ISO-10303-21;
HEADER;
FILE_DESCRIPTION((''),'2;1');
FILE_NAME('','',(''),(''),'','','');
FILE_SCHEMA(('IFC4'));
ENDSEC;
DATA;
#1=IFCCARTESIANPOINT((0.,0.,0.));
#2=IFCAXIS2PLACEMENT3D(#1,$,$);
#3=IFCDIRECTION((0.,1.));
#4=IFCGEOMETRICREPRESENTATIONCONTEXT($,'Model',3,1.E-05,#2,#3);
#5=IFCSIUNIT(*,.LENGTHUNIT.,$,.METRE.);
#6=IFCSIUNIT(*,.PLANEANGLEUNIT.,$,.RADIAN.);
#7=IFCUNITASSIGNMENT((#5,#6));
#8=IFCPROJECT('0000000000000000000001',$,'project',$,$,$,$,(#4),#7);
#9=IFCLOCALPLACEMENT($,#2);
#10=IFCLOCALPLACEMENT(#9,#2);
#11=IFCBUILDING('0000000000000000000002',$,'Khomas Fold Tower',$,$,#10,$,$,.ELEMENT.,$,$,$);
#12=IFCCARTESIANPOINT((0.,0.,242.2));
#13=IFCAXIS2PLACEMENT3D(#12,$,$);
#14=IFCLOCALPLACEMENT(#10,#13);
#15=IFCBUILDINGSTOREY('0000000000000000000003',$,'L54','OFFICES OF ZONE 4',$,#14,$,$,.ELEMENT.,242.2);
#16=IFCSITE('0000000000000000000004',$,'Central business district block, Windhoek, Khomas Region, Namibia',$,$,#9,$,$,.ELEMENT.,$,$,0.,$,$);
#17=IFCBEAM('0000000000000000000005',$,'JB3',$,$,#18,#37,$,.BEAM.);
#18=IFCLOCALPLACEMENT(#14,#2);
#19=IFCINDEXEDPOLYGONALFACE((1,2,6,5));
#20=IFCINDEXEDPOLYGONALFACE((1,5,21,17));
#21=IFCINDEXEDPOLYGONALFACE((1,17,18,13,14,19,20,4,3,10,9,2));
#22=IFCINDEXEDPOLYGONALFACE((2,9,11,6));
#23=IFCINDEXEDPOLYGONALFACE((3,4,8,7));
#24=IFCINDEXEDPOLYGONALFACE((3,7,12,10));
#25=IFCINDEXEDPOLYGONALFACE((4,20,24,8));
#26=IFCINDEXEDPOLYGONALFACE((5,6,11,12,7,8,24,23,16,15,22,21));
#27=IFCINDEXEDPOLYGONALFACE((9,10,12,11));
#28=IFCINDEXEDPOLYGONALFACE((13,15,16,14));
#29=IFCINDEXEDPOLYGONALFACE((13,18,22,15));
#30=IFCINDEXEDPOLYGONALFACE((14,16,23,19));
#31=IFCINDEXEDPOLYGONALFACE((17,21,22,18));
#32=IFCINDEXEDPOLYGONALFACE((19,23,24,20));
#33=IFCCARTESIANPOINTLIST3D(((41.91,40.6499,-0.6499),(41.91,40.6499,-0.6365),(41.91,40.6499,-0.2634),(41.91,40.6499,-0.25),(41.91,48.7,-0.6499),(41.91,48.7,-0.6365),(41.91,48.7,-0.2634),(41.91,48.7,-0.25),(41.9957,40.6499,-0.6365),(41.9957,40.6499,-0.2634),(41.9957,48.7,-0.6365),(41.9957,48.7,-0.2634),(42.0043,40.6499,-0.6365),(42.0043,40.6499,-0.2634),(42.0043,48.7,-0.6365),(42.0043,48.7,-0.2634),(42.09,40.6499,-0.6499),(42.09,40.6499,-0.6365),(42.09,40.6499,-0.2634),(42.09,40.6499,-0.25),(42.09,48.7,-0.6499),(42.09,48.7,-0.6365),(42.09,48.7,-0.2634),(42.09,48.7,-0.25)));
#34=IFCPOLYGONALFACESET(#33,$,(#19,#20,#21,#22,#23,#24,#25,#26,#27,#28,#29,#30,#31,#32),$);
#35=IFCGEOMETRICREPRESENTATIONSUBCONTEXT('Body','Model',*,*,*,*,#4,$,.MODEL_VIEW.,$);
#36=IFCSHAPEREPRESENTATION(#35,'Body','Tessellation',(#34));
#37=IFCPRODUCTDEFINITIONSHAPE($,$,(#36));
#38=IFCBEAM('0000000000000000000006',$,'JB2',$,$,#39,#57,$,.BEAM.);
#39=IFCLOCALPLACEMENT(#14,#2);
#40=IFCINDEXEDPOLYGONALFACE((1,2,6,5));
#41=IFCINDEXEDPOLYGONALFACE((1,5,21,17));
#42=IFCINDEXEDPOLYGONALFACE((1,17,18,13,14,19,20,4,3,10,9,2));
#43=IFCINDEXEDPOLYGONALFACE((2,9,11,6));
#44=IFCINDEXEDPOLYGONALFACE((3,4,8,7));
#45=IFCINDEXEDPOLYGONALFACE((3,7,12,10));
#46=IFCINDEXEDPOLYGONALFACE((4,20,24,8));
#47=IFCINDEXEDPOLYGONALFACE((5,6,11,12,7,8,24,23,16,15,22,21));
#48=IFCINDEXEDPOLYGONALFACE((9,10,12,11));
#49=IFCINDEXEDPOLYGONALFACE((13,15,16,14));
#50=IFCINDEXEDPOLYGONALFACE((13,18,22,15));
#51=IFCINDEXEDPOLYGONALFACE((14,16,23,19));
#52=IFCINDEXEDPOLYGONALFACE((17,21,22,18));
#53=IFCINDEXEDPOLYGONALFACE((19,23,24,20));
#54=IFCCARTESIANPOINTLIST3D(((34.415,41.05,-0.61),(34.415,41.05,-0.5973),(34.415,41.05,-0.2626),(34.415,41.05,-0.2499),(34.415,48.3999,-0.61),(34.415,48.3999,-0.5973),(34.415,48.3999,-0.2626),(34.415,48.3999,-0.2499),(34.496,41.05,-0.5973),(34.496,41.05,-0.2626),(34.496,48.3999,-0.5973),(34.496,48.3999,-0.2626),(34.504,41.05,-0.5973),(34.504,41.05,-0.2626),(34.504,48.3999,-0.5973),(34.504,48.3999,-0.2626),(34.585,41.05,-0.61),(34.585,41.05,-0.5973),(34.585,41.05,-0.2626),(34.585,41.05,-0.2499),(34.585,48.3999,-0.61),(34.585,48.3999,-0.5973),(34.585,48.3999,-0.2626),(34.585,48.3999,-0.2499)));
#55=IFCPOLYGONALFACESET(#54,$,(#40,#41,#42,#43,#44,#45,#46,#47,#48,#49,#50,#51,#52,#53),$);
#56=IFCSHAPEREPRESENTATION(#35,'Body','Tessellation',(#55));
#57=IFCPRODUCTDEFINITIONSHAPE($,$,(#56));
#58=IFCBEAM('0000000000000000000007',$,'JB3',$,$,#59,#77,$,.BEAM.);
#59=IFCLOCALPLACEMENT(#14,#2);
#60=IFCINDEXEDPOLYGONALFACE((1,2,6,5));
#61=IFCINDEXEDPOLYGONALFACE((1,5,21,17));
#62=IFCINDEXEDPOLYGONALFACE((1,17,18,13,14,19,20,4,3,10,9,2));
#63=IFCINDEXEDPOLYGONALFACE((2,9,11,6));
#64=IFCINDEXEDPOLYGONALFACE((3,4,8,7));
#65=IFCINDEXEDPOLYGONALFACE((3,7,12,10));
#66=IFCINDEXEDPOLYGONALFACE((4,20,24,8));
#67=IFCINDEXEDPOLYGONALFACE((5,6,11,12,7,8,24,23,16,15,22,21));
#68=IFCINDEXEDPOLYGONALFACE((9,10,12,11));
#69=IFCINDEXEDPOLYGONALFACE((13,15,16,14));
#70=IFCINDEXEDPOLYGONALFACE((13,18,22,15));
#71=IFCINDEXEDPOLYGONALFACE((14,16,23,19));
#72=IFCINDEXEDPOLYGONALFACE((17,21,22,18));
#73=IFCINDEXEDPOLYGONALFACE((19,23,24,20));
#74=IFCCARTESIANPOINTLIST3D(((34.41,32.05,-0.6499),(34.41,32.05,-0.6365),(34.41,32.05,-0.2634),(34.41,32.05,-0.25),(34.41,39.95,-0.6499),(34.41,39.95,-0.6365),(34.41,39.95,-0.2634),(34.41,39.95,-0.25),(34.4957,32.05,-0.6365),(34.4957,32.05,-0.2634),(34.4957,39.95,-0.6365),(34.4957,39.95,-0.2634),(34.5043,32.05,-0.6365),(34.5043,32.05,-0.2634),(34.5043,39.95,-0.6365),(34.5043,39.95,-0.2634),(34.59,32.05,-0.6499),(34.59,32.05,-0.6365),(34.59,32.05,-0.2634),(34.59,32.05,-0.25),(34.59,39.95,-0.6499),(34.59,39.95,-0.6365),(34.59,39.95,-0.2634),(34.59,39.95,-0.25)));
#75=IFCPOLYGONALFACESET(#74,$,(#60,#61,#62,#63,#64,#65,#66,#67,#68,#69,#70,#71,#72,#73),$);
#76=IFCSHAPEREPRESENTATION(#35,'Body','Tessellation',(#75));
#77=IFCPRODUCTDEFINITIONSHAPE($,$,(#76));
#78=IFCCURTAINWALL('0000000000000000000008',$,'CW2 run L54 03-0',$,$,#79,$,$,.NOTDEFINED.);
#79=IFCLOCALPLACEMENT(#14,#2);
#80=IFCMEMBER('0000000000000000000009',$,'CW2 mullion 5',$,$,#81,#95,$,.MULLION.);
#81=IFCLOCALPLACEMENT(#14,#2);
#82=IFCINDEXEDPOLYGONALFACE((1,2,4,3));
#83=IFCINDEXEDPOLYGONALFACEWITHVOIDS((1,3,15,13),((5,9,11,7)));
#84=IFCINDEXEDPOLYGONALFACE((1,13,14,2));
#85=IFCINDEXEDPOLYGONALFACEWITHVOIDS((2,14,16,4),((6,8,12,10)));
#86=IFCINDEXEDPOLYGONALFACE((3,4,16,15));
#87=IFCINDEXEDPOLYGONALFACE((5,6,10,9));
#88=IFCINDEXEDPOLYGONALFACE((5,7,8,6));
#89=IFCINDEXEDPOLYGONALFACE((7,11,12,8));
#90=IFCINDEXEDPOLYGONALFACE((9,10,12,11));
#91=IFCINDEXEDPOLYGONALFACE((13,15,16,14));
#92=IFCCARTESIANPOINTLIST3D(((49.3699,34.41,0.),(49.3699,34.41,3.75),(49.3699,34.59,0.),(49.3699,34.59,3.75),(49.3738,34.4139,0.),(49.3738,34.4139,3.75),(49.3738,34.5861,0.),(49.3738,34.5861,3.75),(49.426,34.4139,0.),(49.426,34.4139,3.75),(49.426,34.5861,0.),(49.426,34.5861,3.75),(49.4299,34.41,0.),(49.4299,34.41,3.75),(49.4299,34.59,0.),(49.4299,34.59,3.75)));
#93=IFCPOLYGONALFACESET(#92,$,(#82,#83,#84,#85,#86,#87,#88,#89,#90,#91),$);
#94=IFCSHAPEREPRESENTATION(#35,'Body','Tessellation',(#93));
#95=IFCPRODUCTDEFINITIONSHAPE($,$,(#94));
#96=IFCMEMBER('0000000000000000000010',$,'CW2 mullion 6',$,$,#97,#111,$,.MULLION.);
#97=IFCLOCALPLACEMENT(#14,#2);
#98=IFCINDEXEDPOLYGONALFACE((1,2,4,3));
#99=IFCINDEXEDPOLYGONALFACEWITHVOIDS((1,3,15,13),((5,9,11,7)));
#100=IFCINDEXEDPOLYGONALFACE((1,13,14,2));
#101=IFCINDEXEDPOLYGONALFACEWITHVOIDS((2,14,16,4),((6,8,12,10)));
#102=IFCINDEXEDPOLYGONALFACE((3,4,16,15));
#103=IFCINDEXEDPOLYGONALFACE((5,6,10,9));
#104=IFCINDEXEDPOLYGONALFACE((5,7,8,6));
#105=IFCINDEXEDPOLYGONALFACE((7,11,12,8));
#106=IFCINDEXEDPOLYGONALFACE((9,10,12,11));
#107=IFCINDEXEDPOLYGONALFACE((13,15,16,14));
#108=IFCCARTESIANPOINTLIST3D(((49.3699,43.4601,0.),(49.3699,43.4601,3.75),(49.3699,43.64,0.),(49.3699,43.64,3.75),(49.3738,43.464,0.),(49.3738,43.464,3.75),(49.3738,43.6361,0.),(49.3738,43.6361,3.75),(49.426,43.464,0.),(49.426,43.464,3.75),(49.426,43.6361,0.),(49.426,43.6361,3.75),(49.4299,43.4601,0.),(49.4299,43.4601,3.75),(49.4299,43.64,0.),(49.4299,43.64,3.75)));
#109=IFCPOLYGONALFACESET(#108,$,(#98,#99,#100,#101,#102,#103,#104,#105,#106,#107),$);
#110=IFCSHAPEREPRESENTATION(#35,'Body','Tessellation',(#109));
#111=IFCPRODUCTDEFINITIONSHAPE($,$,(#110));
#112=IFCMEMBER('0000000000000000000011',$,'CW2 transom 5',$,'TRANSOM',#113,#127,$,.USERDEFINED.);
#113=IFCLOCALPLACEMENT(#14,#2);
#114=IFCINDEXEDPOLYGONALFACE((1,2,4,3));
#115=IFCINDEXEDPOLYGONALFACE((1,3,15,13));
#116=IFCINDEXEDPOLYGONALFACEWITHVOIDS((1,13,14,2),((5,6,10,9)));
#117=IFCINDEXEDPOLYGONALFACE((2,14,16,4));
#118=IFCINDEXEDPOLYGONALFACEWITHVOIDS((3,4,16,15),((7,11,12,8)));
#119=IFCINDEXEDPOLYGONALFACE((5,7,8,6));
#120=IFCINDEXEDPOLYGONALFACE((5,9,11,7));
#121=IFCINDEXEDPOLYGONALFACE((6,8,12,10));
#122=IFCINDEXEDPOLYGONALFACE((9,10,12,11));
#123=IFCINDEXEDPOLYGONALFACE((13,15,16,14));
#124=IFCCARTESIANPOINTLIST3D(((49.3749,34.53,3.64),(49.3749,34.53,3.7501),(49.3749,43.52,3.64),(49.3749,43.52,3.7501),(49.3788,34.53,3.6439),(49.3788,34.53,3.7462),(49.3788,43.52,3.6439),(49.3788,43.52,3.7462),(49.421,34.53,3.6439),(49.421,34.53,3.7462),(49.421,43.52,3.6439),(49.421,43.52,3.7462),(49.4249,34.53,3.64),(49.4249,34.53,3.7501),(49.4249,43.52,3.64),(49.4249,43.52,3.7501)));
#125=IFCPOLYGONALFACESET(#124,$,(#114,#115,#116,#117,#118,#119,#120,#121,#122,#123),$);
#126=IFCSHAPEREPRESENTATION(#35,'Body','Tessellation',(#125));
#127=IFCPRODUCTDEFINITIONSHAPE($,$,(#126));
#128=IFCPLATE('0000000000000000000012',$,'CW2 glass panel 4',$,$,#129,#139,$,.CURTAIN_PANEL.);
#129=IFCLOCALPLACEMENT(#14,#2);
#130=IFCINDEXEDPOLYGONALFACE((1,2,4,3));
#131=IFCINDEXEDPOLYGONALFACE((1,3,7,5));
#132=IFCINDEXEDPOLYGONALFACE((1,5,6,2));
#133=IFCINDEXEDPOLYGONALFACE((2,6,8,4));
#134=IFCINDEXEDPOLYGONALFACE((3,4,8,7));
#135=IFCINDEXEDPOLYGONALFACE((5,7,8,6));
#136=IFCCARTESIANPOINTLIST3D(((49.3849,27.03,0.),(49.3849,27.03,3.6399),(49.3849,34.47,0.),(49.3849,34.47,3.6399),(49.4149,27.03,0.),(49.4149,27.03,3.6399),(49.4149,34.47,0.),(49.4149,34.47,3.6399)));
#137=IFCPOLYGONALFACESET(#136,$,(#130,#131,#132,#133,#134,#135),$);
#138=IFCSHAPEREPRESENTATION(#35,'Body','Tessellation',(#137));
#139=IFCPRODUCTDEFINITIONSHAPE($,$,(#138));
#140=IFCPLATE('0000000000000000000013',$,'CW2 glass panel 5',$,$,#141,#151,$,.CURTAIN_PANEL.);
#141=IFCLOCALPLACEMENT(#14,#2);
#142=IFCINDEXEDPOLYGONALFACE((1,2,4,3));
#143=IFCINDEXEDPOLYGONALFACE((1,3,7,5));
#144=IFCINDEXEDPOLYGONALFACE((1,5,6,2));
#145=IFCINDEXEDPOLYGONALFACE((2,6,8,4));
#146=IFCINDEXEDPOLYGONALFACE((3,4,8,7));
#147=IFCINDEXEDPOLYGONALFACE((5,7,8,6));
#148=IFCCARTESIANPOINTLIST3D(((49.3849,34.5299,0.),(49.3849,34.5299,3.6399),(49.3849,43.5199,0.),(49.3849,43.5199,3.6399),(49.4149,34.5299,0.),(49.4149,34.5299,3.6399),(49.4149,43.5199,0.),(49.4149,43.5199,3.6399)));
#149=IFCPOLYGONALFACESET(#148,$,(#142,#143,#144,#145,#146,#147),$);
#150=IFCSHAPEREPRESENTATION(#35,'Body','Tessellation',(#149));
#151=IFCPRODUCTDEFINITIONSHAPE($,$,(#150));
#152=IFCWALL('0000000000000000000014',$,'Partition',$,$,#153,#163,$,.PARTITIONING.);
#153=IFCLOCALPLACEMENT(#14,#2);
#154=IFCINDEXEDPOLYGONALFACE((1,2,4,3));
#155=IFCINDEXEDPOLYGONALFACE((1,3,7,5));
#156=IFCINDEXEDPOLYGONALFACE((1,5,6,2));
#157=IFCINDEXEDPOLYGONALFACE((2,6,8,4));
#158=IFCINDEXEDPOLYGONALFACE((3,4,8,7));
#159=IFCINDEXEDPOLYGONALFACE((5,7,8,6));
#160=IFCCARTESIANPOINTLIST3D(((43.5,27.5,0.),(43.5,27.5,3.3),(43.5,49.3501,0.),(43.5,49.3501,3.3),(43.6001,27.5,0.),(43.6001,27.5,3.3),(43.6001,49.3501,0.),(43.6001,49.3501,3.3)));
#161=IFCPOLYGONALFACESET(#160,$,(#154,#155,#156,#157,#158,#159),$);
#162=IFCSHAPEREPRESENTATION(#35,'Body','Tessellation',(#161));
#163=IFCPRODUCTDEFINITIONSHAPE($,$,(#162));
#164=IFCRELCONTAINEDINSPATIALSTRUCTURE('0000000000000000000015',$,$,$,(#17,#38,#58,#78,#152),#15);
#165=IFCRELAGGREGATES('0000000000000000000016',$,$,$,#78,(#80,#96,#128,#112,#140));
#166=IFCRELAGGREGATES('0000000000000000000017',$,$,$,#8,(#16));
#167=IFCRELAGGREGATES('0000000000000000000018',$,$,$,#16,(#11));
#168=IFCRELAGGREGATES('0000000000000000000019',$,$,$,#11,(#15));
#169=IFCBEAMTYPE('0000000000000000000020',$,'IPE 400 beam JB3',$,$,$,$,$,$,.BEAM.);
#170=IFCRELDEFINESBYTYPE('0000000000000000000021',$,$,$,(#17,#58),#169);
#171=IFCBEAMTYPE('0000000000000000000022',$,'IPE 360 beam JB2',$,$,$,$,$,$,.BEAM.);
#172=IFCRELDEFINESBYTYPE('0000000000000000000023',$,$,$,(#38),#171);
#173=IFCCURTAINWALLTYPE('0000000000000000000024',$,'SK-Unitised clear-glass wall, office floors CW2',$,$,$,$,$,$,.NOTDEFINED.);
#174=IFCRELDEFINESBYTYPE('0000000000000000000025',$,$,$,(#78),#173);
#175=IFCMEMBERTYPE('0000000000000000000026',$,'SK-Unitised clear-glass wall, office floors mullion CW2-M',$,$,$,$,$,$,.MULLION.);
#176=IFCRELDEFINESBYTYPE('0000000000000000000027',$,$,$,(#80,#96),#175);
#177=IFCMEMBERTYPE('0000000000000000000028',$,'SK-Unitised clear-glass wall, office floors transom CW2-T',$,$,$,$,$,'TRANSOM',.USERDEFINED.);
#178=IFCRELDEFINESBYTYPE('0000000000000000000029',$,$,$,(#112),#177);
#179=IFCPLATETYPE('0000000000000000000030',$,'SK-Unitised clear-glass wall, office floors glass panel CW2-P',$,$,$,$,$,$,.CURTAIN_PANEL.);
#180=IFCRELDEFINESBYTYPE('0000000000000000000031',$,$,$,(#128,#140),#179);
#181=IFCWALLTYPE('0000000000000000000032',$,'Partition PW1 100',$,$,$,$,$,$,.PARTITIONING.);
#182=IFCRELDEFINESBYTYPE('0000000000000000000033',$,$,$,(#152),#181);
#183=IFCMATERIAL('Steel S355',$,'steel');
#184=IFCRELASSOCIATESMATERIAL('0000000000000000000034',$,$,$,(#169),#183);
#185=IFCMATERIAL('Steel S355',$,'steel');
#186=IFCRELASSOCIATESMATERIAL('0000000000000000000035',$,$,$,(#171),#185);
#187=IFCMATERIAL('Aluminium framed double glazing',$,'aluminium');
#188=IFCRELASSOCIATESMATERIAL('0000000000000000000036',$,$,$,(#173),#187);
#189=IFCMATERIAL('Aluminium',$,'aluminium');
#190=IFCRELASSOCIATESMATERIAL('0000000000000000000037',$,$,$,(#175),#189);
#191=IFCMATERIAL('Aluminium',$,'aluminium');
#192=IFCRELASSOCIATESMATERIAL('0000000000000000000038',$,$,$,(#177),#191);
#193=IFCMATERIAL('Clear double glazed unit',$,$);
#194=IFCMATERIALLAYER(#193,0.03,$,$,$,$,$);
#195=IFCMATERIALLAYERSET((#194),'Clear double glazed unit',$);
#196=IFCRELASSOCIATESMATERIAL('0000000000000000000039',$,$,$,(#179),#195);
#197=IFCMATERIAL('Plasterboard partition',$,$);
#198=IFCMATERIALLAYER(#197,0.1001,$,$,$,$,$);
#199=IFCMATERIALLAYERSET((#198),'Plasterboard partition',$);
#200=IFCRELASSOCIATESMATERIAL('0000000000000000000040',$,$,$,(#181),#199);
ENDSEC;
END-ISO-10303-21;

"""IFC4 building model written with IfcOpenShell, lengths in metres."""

from ifc_helpers import new_model, si_unit, direction, frame, frame_2d, origin, origin_2d, place, context, subcontext, project, spatial, rectangle, hollow_rectangle, i_section, extrude, source, transform, mapped, material, layer, layer_set, material_profile, profile_set, type_object, element, aggregate, save


model = new_model("IFC4")

# Units and contexts
model_context = context("Model", 3, precision=1e-05, world=origin(), true_north=direction((0.0, 1.0)))
body_context = subcontext(model_context, "Body", "Model", "MODEL_VIEW")
ifc_project = project(units=[si_unit("LENGTHUNIT", "METRE"), si_unit("PLANEANGLEUNIT", "RADIAN")], contexts=[model_context])

# Site, building, storey
site_placement = place(None, origin())
site = spatial("IfcSite", under=ifc_project, at=site_placement, Name="Central business district block, Windhoek, Khomas Region, Namibia", CompositionType="ELEMENT", RefElevation=0.0)
building_placement = place(site_placement, origin())
building = spatial("IfcBuilding", under=site, at=building_placement, Name="Khomas Fold Tower", CompositionType="ELEMENT")
storey_placement = place(building_placement, frame((0.0, 0.0, 242.2)))
storey = spatial("IfcBuildingStorey", under=building, at=storey_placement, Name="L54", Description="OFFICES OF ZONE 4", CompositionType="ELEMENT", Elevation=242.2)

# Beams
ifc_material_1 = material(Name="Steel S355", Category="steel")
ifc_material_profile_1 = material_profile(ifc_material_1, i_section(OverallWidth=0.1799, OverallDepth=0.3999, WebThickness=0.0085, FlangeThickness=0.0134, at=origin_2d()), Name="IPE 400")
ifc_profile_set_1 = profile_set([ifc_material_profile_1], Name="Steel S355")
beam_type_1 = type_object("IfcBeamType", Name="IPE 400 beam JB3", PredefinedType="BEAM", material=ifc_profile_set_1)
shared_shape_1 = source(origin(), body_context, "Body", "SweptSolid", [
    extrude(i_section(OverallWidth=0.1799, OverallDepth=0.3999, WebThickness=0.0085, FlangeThickness=0.0134, at=origin_2d()), origin(), (0.0, 0.0, 1.0), 8.05),
])
beam_1_placement = place(storey_placement, frame((42.0, 40.6499, -0.45), z_axis=(0.0, 1.0, 0.0), x_axis=(-1.0, 0.0, 0.0)))
element("IfcBeam", 1, at=beam_1_placement, inside=storey, type_object=beam_type_1, Name="JB3", PredefinedType="BEAM", context=body_context, shape_type="MappedRepresentation", body=[
    mapped(shared_shape_1, transform((0.0, 0.0, 0.0))),
])
ifc_material_2 = material(Name="Steel S355", Category="steel")
ifc_material_profile_2 = material_profile(ifc_material_2, i_section(OverallWidth=0.1699, OverallDepth=0.3601, WebThickness=0.0081, FlangeThickness=0.0127, at=origin_2d()), Name="IPE 360")
ifc_profile_set_2 = profile_set([ifc_material_profile_2], Name="Steel S355")
beam_type_2 = type_object("IfcBeamType", Name="IPE 360 beam JB2", PredefinedType="BEAM", material=ifc_profile_set_2)
shared_shape_2 = source(origin(), body_context, "Body", "SweptSolid", [
    extrude(i_section(OverallWidth=0.1699, OverallDepth=0.3601, WebThickness=0.0081, FlangeThickness=0.0127, at=origin_2d()), origin(), (0.0, 0.0, 1.0), 7.3499),
])
beam_2_placement = place(storey_placement, frame((34.5, 41.05, -0.4299), z_axis=(0.0, 1.0, 0.0), x_axis=(-1.0, 0.0, 0.0)))
element("IfcBeam", 2, at=beam_2_placement, inside=storey, type_object=beam_type_2, Name="JB2", PredefinedType="BEAM", context=body_context, shape_type="MappedRepresentation", body=[
    mapped(shared_shape_2, transform((0.0, 0.0, 0.0))),
])
shared_shape_3 = source(origin(), body_context, "Body", "SweptSolid", [
    extrude(i_section(OverallWidth=0.1799, OverallDepth=0.3999, WebThickness=0.0085, FlangeThickness=0.0134, at=origin_2d()), origin(), (0.0, 0.0, 1.0), 7.8999),
])
beam_3_placement = place(storey_placement, frame((34.5, 32.05, -0.45), z_axis=(0.0, 1.0, 0.0), x_axis=(-1.0, 0.0, 0.0)))
element("IfcBeam", 3, at=beam_3_placement, inside=storey, type_object=beam_type_1, Name="JB3", PredefinedType="BEAM", context=body_context, shape_type="MappedRepresentation", body=[
    mapped(shared_shape_3, transform((0.0, 0.0, 0.0))),
])

# Curtain wall, members, plates
ifc_material_3 = material(Name="Aluminium framed double glazing", Category="aluminium")
curtain_wall_type = type_object("IfcCurtainWallType", Name="SK-Unitised clear-glass wall, office floors CW2", PredefinedType="NOTDEFINED", material=ifc_material_3)
curtain_wall_placement = place(storey_placement, origin())
curtain_wall = element("IfcCurtainWall", 4, at=curtain_wall_placement, inside=storey, type_object=curtain_wall_type, Name="CW2 run L54 03-0", PredefinedType="NOTDEFINED")
ifc_material_4 = material(Name="Aluminium", Category="aluminium")
ifc_material_profile_3 = material_profile(ifc_material_4, hollow_rectangle(XDim=0.0601, YDim=0.1799, WallThickness=0.0039, at=origin_2d()), Name="SK-Unitised clear-glass wall, office floors mullion CW2-M")
ifc_profile_set_3 = profile_set([ifc_material_profile_3], Name="Aluminium")
member_type_1 = type_object("IfcMemberType", Name="SK-Unitised clear-glass wall, office floors mullion CW2-M", PredefinedType="MULLION", material=ifc_profile_set_3)
shared_shape_4 = source(origin(), body_context, "Body", "SweptSolid", [
    extrude(hollow_rectangle(XDim=0.0601, YDim=0.1799, WallThickness=0.0039, at=origin_2d()), origin(), (0.0, 0.0, 1.0), 3.75),
])
member_1_placement = place(storey_placement, frame((49.3999, 34.5, 0.0), z_axis=(0.0, 0.0, 1.0), x_axis=(-1.0, 0.0, 0.0)))
member_1 = element("IfcMember", 5, at=member_1_placement, type_object=member_type_1, Name="CW2 mullion 5", PredefinedType="MULLION", context=body_context, shape_type="MappedRepresentation", body=[
    mapped(shared_shape_4, transform((0.0, 0.0, 0.0))),
])
member_2_placement = place(storey_placement, frame((49.3999, 43.55, 0.0), z_axis=(0.0, 0.0, 1.0), x_axis=(-1.0, 0.0, 0.0)))
member_2 = element("IfcMember", 6, at=member_2_placement, type_object=member_type_1, Name="CW2 mullion 6", PredefinedType="MULLION", context=body_context, shape_type="MappedRepresentation", body=[
    mapped(shared_shape_4, transform((0.0, 0.0, 0.0))),
])
ifc_material_5 = material(Name="Aluminium", Category="aluminium")
ifc_material_profile_4 = material_profile(ifc_material_5, hollow_rectangle(XDim=0.05, YDim=0.1101, WallThickness=0.0039, at=origin_2d()), Name="SK-Unitised clear-glass wall, office floors transom CW2-T")
ifc_profile_set_4 = profile_set([ifc_material_profile_4], Name="Aluminium")
member_type_2 = type_object("IfcMemberType", Name="SK-Unitised clear-glass wall, office floors transom CW2-T", ElementType="TRANSOM", PredefinedType="USERDEFINED", material=ifc_profile_set_4)
shared_shape_5 = source(origin(), body_context, "Body", "SweptSolid", [
    extrude(hollow_rectangle(XDim=0.05, YDim=0.1101, WallThickness=0.0039, at=origin_2d()), origin(), (0.0, 0.0, 1.0), 8.99),
])
member_3_placement = place(storey_placement, frame((49.3999, 34.53, 3.6951), z_axis=(0.0, 1.0, 0.0), x_axis=(-1.0, 0.0, 0.0)))
member_3 = element("IfcMember", 7, at=member_3_placement, type_object=member_type_2, Name="CW2 transom 5", ObjectType="TRANSOM", PredefinedType="USERDEFINED", context=body_context, shape_type="MappedRepresentation", body=[
    mapped(shared_shape_5, transform((0.0, 0.0, 0.0))),
])
ifc_material_6 = material(Name="Clear double glazed unit")
ifc_layer_1 = layer(ifc_material_6, 0.03)
ifc_layer_set_1 = layer_set([ifc_layer_1], Name="Clear double glazed unit")
plate_type = type_object("IfcPlateType", Name="SK-Unitised clear-glass wall, office floors glass panel CW2-P", PredefinedType="CURTAIN_PANEL", material=ifc_layer_set_1)
shared_shape_6 = source(origin(), body_context, "Body", "SweptSolid", [
    extrude(rectangle(XDim=7.4399, YDim=0.03, at=origin_2d()), origin(), (0.0, 0.0, 1.0), 3.6399),
])
plate_1_placement = place(storey_placement, frame((49.3999, 30.75, 0.0), z_axis=(0.0, 0.0, 1.0), x_axis=(0.0, 1.0, 0.0)))
plate_1 = element("IfcPlate", 8, at=plate_1_placement, type_object=plate_type, Name="CW2 glass panel 4", PredefinedType="CURTAIN_PANEL", context=body_context, shape_type="MappedRepresentation", body=[
    mapped(shared_shape_6, transform((0.0, 0.0, 0.0))),
])
shared_shape_7 = source(origin(), body_context, "Body", "SweptSolid", [
    extrude(rectangle(XDim=8.99, YDim=0.03, at=origin_2d()), origin(), (0.0, 0.0, 1.0), 3.6399),
])
plate_2_placement = place(storey_placement, frame((49.3999, 39.0249, 0.0), z_axis=(0.0, 0.0, 1.0), x_axis=(0.0, 1.0, 0.0)))
plate_2 = element("IfcPlate", 9, at=plate_2_placement, type_object=plate_type, Name="CW2 glass panel 5", PredefinedType="CURTAIN_PANEL", context=body_context, shape_type="MappedRepresentation", body=[
    mapped(shared_shape_7, transform((0.0, 0.0, 0.0))),
])
aggregate(curtain_wall, [member_1, member_2, plate_1, member_3, plate_2])

# Wall
ifc_material_7 = material(Name="Plasterboard partition")
ifc_layer_2 = layer(ifc_material_7, 0.1001)
ifc_layer_set_2 = layer_set([ifc_layer_2], Name="Plasterboard partition")
wall_type = type_object("IfcWallType", Name="Partition PW1 100", PredefinedType="PARTITIONING", material=ifc_layer_set_2)
shared_shape_8 = source(origin(), body_context, "Body", "SweptSolid", [
    extrude(rectangle(XDim=21.8501, YDim=0.1001, at=frame_2d((10.925, 0.0))), origin(), (0.0, 0.0, 1.0), 3.3),
])
wall_placement = place(storey_placement, frame((43.55, 27.5, 0.0), z_axis=(0.0, 0.0, 1.0), x_axis=(0.0, 1.0, 0.0)))
element("IfcWall", 10, at=wall_placement, inside=storey, type_object=wall_type, Name="Partition", PredefinedType="PARTITIONING", context=body_context, shape_type="MappedRepresentation", body=[
    mapped(shared_shape_8, transform((0.0, 0.0, 0.0))),
])

save(model, "model.ifc")
